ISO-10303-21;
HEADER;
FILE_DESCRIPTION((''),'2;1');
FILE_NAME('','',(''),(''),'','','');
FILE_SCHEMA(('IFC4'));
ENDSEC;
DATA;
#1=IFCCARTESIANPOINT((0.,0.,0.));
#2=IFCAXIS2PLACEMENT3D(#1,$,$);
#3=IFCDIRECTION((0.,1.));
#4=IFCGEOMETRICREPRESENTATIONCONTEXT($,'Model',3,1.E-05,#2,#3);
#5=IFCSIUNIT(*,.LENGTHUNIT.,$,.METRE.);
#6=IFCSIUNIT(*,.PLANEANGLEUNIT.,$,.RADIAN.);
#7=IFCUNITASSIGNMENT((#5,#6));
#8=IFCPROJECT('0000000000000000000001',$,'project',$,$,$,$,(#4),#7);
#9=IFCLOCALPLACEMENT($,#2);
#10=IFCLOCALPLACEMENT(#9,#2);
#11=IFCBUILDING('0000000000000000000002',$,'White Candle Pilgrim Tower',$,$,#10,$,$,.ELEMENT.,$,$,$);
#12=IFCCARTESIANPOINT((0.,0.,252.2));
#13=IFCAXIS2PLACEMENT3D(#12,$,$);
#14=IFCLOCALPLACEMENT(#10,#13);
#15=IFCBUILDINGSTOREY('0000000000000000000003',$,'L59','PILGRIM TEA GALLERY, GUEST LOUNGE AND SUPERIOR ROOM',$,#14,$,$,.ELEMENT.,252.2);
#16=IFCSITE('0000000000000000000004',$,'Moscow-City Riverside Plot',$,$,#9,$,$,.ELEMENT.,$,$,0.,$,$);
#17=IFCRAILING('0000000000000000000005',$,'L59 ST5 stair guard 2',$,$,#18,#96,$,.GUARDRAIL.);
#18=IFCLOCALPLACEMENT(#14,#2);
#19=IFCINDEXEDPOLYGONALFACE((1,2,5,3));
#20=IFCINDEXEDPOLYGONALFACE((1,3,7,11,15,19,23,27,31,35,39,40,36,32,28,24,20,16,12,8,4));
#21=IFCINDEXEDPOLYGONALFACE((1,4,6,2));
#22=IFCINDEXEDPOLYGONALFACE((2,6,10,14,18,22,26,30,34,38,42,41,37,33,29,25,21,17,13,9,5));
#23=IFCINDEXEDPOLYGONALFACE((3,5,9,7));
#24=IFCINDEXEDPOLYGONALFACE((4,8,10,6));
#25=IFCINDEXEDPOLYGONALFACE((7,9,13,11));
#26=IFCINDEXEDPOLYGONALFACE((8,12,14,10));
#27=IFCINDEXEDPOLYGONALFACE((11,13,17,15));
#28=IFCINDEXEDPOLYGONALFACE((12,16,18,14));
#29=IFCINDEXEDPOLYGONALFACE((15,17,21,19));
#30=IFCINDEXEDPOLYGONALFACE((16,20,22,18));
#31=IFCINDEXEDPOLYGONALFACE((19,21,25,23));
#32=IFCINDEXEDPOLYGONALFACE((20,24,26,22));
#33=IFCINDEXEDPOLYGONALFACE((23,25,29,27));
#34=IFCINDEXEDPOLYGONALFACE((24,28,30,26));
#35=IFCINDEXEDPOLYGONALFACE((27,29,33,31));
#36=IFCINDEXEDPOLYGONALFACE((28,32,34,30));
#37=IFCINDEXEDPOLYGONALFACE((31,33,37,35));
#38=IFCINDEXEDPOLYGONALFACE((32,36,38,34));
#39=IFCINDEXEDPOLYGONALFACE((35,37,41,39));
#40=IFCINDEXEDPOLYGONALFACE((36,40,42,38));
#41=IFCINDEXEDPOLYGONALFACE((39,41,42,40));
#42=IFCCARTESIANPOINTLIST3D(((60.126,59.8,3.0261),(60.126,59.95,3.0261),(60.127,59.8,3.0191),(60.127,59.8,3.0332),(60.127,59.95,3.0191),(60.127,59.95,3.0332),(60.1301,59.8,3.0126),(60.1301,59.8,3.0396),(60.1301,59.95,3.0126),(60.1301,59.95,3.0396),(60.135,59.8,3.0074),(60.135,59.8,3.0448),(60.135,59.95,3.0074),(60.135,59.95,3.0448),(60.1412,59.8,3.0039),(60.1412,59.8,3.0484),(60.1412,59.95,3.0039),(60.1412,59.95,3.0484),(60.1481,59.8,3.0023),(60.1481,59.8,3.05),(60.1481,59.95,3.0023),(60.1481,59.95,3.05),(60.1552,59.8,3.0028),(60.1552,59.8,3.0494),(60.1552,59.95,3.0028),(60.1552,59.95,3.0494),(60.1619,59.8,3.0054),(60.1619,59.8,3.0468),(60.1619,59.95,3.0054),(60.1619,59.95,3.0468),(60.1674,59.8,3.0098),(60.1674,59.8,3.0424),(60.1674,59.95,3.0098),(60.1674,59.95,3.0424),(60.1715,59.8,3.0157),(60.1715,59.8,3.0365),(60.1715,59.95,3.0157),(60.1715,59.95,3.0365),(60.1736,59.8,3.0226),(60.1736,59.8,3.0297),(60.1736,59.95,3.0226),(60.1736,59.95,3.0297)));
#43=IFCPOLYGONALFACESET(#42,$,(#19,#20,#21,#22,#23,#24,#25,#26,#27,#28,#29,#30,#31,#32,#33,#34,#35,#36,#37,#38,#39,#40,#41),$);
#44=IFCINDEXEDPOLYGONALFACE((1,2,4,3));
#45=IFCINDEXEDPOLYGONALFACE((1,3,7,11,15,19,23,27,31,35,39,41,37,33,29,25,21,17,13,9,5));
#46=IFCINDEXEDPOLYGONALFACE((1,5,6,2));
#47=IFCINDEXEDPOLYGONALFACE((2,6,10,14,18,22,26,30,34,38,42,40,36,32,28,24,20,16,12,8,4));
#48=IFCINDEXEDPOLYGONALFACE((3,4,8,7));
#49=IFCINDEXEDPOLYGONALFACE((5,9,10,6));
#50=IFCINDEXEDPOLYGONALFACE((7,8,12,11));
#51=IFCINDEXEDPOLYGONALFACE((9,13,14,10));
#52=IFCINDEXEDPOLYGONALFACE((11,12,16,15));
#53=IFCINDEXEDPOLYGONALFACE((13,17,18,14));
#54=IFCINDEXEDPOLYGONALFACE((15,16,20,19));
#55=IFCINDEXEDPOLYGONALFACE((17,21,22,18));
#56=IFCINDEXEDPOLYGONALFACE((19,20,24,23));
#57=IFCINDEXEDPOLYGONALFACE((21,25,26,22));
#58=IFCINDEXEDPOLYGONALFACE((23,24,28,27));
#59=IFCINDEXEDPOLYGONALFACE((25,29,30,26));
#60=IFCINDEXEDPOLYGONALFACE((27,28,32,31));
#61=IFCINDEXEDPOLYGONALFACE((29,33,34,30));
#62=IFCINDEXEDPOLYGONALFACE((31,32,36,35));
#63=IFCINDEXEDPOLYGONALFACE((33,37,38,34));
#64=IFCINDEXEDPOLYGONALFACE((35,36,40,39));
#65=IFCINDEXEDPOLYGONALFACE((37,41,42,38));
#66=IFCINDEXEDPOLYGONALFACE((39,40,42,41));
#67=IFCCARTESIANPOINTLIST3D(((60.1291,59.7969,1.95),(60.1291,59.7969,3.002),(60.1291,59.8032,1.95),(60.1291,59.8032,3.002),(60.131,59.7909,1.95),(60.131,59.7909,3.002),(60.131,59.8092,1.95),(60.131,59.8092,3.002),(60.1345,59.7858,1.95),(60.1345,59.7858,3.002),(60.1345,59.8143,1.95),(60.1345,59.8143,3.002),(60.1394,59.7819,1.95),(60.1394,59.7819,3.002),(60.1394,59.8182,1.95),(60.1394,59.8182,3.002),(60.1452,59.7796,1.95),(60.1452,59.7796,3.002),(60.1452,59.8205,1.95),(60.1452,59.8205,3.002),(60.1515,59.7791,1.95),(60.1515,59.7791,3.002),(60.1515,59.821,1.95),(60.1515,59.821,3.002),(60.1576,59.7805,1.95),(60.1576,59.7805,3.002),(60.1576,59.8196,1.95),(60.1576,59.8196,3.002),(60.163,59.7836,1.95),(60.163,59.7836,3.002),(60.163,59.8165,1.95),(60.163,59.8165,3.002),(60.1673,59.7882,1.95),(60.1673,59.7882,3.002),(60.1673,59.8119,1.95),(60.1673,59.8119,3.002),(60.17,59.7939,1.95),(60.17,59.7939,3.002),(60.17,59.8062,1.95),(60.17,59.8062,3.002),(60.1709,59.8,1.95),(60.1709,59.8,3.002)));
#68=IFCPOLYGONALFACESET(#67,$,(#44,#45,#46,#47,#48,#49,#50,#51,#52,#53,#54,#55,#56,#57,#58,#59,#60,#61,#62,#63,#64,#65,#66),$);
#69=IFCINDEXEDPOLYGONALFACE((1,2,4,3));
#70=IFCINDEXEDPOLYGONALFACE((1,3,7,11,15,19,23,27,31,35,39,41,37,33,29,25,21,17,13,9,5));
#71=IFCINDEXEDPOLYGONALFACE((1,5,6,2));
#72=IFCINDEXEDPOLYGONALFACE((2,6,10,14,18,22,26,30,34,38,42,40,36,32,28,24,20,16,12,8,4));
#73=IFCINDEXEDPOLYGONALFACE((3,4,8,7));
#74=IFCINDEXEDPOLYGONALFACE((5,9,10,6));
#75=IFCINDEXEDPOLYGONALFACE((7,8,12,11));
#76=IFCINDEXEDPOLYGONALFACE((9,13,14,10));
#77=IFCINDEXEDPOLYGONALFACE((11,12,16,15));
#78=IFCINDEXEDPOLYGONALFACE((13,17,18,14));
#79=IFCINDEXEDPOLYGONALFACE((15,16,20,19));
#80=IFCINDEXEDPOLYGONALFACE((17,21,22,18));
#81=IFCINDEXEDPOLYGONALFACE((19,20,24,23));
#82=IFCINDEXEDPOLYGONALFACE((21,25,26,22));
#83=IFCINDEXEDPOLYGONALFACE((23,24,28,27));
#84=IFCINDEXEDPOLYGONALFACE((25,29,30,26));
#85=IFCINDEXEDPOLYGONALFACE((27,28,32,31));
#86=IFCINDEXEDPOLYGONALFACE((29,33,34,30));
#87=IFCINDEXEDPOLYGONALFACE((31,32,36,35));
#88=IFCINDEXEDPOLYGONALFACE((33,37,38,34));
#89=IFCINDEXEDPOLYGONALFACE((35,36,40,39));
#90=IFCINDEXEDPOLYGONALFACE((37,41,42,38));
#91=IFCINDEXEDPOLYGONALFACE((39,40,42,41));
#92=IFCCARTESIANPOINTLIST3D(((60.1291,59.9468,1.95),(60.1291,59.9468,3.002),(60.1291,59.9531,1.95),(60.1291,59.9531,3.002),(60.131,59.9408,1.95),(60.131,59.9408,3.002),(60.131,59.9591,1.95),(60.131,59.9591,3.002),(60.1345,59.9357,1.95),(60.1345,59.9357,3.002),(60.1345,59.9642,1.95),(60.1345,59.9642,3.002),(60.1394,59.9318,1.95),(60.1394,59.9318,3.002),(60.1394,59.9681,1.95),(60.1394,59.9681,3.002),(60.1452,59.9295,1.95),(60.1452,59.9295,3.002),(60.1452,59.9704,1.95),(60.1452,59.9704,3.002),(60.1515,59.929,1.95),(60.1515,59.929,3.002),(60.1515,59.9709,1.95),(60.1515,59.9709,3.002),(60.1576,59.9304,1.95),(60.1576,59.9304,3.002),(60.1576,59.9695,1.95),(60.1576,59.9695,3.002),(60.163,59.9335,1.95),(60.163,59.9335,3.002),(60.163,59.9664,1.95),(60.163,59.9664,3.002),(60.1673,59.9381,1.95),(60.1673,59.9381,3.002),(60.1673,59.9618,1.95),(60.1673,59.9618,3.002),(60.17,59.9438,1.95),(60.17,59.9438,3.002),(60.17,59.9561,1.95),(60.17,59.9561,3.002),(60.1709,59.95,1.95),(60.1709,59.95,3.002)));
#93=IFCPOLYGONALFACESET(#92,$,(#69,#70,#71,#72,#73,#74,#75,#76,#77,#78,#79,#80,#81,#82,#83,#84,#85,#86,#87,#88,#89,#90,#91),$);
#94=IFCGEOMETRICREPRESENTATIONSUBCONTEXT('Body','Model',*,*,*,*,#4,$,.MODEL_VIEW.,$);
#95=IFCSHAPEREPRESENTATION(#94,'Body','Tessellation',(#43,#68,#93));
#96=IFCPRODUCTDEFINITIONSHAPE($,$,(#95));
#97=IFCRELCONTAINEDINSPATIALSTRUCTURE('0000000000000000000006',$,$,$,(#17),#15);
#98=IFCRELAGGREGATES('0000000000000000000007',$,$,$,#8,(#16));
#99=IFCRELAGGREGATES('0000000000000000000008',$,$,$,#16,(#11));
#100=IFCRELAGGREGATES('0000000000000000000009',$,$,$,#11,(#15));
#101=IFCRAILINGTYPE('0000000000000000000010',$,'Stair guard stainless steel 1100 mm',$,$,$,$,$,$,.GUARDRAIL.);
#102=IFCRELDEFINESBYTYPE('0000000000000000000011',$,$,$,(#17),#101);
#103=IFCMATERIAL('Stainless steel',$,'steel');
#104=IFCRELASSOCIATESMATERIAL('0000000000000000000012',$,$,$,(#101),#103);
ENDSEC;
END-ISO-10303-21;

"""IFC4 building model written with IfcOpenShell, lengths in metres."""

from ifc_helpers import new_model, si_unit, direction, frame, origin, origin_2d, place, context, subcontext, project, spatial, circle, extrude, material, type_object, element, save


model = new_model("IFC4")

# Units and contexts
model_context = context("Model", 3, precision=1e-05, world=origin(), true_north=direction((0.0, 1.0)))
body_context = subcontext(model_context, "Body", "Model", "MODEL_VIEW")
ifc_project = project(units=[si_unit("LENGTHUNIT", "METRE"), si_unit("PLANEANGLEUNIT", "RADIAN")], contexts=[model_context])

# Site, building, storey
site_placement = place(None, origin())
site = spatial("IfcSite", under=ifc_project, at=site_placement, Name="Moscow-City Riverside Plot", CompositionType="ELEMENT", RefElevation=0.0)
building_placement = place(site_placement, origin())
building = spatial("IfcBuilding", under=site, at=building_placement, Name="White Candle Pilgrim Tower", CompositionType="ELEMENT")
storey_placement = place(building_placement, frame((0.0, 0.0, 252.2)))
storey = spatial("IfcBuildingStorey", under=building, at=storey_placement, Name="L59", Description="PILGRIM TEA GALLERY, GUEST LOUNGE AND SUPERIOR ROOM", CompositionType="ELEMENT", Elevation=252.2)

# Railing
ifc_material_1 = material(Name="Stainless steel", Category="steel")
railing_type_1 = type_object("IfcRailingType", Name="Stair guard stainless steel 1100 mm", PredefinedType="GUARDRAIL", material=ifc_material_1)
railing_1_placement = place(storey_placement, frame((60.1499, 59.8, 1.95)))
element("IfcRailing", 1, at=railing_1_placement, inside=storey, type_object=railing_type_1, Name="L59 ST5 stair guard 2", PredefinedType="GUARDRAIL", context=body_context, shape_type="SweptSolid", body=[
    extrude(circle(Radius=0.0239, at=origin_2d()), frame((0.0, 0.0, 1.0762), z_axis=(0.0, 1.0, 0.0), x_axis=(-1.0, 0.0, 0.0)), (0.0, 0.0, 1.0), 0.1499),
    extrude(circle(Radius=0.021, at=origin_2d()), origin(), (0.0, 0.0, 1.0), 1.052),
    extrude(circle(Radius=0.021, at=origin_2d()), frame((0.0, 0.1499, 0.0)), (0.0, 0.0, 1.0), 1.052),
])

save(model, "model.ifc")
